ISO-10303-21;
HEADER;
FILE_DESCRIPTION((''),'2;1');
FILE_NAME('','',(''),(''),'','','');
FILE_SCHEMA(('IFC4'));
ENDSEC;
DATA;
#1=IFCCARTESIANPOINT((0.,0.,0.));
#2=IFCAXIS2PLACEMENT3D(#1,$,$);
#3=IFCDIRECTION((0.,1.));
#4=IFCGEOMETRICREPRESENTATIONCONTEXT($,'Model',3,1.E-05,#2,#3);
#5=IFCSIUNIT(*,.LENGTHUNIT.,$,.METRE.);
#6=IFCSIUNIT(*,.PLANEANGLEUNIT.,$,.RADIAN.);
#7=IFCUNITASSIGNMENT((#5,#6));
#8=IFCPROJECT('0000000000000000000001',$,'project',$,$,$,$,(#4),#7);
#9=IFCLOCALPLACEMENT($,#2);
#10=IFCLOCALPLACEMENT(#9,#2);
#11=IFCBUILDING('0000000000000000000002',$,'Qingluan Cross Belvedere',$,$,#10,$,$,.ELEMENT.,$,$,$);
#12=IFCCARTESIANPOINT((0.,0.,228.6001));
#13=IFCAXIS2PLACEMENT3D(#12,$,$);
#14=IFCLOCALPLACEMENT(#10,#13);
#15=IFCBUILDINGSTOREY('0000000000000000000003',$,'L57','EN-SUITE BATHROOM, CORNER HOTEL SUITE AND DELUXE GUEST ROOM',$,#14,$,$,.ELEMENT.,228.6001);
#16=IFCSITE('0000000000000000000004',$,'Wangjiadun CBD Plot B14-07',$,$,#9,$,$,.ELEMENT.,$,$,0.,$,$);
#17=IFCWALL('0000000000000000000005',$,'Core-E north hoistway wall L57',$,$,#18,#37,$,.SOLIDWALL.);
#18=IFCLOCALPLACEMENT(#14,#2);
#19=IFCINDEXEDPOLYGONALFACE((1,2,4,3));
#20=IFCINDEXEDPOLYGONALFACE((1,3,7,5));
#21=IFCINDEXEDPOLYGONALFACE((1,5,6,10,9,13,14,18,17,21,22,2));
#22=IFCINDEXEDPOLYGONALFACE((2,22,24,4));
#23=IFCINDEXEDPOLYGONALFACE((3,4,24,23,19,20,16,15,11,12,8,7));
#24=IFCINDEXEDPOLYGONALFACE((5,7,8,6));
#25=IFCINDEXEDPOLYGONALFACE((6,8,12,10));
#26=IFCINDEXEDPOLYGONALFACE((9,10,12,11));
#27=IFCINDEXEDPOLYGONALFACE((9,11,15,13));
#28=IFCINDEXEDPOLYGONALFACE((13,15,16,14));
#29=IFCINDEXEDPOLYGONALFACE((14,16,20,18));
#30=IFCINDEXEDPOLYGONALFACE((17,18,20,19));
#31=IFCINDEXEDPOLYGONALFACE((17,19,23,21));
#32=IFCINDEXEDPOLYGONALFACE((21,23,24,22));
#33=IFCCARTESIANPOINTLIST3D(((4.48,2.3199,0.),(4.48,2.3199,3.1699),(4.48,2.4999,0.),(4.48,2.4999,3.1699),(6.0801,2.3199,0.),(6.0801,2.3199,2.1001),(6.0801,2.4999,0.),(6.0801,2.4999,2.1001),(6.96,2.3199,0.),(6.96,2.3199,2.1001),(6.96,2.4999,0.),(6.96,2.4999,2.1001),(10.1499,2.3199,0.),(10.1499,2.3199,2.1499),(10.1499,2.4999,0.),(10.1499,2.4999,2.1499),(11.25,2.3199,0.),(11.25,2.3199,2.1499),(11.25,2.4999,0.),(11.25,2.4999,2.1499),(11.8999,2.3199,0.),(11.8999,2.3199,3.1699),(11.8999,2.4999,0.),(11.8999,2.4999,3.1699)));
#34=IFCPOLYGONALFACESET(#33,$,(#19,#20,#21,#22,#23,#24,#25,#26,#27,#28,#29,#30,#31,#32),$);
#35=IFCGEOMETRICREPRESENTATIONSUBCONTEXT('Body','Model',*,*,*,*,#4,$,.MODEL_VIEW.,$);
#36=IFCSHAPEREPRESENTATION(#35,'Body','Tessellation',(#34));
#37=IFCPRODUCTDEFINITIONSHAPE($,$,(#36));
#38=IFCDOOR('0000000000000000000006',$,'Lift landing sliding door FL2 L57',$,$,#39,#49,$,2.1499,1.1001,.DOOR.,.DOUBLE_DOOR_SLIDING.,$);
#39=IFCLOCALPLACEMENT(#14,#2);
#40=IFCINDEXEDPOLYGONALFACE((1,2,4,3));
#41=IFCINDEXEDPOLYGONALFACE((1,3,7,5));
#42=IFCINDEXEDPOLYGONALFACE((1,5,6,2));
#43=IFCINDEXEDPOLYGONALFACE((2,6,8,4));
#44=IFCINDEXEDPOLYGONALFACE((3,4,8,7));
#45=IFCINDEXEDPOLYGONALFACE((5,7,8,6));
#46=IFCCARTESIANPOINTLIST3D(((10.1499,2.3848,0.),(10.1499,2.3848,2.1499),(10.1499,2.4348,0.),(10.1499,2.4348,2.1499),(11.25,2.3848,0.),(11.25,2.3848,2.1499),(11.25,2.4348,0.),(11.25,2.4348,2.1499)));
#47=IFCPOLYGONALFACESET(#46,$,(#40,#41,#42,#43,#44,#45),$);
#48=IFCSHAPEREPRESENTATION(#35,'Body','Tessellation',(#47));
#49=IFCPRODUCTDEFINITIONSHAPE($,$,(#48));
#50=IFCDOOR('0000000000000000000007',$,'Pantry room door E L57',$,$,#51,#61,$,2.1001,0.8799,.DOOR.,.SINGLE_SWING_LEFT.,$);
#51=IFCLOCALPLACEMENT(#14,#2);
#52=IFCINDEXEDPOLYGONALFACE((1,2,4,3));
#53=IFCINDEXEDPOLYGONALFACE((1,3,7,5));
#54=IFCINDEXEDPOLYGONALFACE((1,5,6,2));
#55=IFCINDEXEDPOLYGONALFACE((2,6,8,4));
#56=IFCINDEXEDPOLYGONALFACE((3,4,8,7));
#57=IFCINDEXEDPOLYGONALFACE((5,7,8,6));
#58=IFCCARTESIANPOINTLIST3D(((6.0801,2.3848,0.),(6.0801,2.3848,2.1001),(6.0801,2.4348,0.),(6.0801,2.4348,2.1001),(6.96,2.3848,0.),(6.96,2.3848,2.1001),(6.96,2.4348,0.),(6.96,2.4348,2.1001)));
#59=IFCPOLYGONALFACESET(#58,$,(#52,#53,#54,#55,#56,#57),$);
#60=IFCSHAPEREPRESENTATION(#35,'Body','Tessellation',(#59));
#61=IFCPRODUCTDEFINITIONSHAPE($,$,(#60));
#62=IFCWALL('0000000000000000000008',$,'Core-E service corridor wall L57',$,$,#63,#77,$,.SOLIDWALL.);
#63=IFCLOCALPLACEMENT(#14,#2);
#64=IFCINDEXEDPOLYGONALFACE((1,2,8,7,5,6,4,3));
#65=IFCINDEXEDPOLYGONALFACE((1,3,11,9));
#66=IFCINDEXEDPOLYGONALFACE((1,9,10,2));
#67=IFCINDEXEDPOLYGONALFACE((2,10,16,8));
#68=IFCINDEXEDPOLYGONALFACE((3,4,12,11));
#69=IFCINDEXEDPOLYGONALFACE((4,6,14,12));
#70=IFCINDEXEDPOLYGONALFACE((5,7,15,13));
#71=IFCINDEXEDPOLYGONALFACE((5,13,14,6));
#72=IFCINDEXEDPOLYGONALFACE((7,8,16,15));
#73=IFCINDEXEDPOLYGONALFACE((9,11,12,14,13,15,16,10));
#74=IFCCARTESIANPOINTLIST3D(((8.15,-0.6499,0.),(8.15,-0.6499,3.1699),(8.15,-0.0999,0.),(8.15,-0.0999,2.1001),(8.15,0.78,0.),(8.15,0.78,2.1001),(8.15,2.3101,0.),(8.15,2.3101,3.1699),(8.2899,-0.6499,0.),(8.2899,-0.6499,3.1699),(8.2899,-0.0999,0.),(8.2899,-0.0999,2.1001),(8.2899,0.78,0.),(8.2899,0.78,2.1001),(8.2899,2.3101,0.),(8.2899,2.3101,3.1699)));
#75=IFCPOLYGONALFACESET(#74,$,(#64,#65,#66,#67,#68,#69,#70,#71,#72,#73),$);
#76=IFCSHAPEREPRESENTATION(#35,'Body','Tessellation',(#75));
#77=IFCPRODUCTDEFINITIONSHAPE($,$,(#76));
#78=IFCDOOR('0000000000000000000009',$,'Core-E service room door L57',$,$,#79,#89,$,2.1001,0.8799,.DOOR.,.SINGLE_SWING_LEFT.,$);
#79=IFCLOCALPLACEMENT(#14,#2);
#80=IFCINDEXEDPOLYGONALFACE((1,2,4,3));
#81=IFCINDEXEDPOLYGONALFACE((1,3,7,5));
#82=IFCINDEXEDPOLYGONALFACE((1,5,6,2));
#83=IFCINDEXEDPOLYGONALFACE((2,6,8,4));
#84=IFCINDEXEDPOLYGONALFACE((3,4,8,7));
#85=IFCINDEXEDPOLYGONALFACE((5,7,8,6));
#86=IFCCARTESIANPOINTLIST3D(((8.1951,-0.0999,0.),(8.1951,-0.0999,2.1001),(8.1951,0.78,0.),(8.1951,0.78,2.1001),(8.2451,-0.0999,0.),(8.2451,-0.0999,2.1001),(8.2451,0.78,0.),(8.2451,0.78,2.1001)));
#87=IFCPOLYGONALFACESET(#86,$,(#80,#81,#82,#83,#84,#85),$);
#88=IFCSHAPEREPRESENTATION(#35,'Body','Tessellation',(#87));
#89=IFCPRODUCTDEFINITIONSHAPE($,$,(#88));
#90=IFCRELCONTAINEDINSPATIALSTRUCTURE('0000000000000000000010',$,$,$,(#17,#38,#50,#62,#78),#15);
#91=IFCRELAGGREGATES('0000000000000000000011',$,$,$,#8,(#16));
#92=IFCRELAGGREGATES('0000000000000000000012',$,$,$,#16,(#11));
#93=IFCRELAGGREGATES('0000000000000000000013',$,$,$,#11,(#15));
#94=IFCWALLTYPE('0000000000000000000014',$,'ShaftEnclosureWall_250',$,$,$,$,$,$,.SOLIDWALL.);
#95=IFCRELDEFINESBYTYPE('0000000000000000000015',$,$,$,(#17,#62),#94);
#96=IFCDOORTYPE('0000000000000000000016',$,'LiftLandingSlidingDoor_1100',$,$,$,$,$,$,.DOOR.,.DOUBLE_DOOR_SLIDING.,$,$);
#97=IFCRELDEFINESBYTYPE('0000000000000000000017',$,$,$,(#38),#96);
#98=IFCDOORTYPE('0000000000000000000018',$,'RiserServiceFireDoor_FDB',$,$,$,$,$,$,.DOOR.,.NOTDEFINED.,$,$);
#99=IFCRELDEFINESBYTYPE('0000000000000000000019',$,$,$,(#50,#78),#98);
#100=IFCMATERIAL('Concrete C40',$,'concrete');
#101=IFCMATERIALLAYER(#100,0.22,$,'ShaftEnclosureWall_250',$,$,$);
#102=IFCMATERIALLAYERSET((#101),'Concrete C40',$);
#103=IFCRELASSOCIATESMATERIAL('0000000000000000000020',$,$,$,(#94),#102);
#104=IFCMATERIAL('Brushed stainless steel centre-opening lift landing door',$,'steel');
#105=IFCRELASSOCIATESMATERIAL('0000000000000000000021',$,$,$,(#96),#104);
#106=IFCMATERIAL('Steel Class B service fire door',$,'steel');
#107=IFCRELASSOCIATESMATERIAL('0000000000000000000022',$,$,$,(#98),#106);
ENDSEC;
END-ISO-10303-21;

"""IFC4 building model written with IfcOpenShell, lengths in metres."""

from ifc_helpers import new_model, si_unit, direction, frame, frame_2d, origin, place, context, subcontext, project, spatial, rectangle, extrude, material, layer, layer_set, type_object, element, fill, save


model = new_model("IFC4")

# Units and contexts
model_context = context("Model", 3, precision=1e-05, world=origin(), true_north=direction((0.0, 1.0)))
body_context = subcontext(model_context, "Body", "Model", "MODEL_VIEW")
ifc_project = project(units=[si_unit("LENGTHUNIT", "METRE"), si_unit("PLANEANGLEUNIT", "RADIAN")], contexts=[model_context])

# Site, building, storey
site_placement = place(None, origin())
site = spatial("IfcSite", under=ifc_project, at=site_placement, Name="Wangjiadun CBD Plot B14-07", CompositionType="ELEMENT", RefElevation=0.0)
building_placement = place(site_placement, origin())
building = spatial("IfcBuilding", under=site, at=building_placement, Name="Qingluan Cross Belvedere", CompositionType="ELEMENT")
storey_placement = place(building_placement, frame((0.0, 0.0, 228.6001)))
storey = spatial("IfcBuildingStorey", under=building, at=storey_placement, Name="L57", Description="EN-SUITE BATHROOM, CORNER HOTEL SUITE AND DELUXE GUEST ROOM", CompositionType="ELEMENT", Elevation=228.6001)

# Wall, openings, doors
ifc_material_1 = material(Name="Concrete C40", Category="concrete")
ifc_layer_1 = layer(ifc_material_1, 0.22, Name="ShaftEnclosureWall_250")
ifc_layer_set_1 = layer_set([ifc_layer_1], Name="Concrete C40")
wall_type_1 = type_object("IfcWallType", Name="ShaftEnclosureWall_250", PredefinedType="SOLIDWALL", material=ifc_layer_set_1)
wall_1_placement = place(storey_placement, frame((4.48, 2.4099, 0.0), z_axis=(0.0, 0.0, 1.0), x_axis=(1.0, 0.0, 0.0)))
wall_1 = element("IfcWall", 1, at=wall_1_placement, inside=storey, type_object=wall_type_1, Name="Core-E north hoistway wall L57", PredefinedType="SOLIDWALL", context=body_context, shape_type="SweptSolid", body=[
    extrude(rectangle(XDim=7.4199, YDim=0.1799, at=frame_2d((3.71, 0.0))), origin(), (0.0, 0.0, 1.0), 3.1699),
])
opening_1_placement = place(wall_1_placement, frame((5.6699, 0.0, 0.0)))
opening_1 = element("IfcOpeningElement", 2, at=opening_1_placement, cuts=wall_1, PredefinedType="OPENING", context=body_context, shape_type="SweptSolid", body=[
    extrude(rectangle(XDim=1.1001, YDim=2.1499, at=frame_2d((0.55, 1.075))), frame((0.0, 0.0999, 0.0), z_axis=(0.0, -1.0, 0.0), x_axis=(1.0, 0.0, 0.0)), (0.0, 0.0, 1.0), 0.2),
])
opening_2_placement = place(wall_1_placement, frame((1.6001, 0.0, 0.0)))
opening_2 = element("IfcOpeningElement", 3, at=opening_2_placement, cuts=wall_1, PredefinedType="OPENING", context=body_context, shape_type="SweptSolid", body=[
    extrude(rectangle(XDim=0.8799, YDim=2.1001, at=frame_2d((0.4399, 1.05))), frame((0.0, 0.0999, 0.0), z_axis=(0.0, -1.0, 0.0), x_axis=(1.0, 0.0, 0.0)), (0.0, 0.0, 1.0), 0.2),
])
ifc_material_2 = material(Name="Brushed stainless steel centre-opening lift landing door", Category="steel")
door_type_1 = type_object("IfcDoorType", Name="LiftLandingSlidingDoor_1100", OperationType="DOUBLE_DOOR_SLIDING", PredefinedType="DOOR", material=ifc_material_2)
door_1_placement = place(opening_1_placement, origin())
door_1 = element("IfcDoor", 4, at=door_1_placement, inside=storey, type_object=door_type_1, Name="Lift landing sliding door FL2 L57", OperationType="DOUBLE_DOOR_SLIDING", OverallHeight=2.1499, OverallWidth=1.1001, PredefinedType="DOOR", context=body_context, shape_type="SweptSolid", body=[
    extrude(rectangle(XDim=1.1001, YDim=2.1499, at=frame_2d((0.55, 1.075))), frame((0.0, 0.0249, 0.0), z_axis=(0.0, -1.0, 0.0), x_axis=(1.0, 0.0, 0.0)), (0.0, 0.0, 1.0), 0.05),
])
fill(opening_1, door_1)
ifc_material_3 = material(Name="Steel Class B service fire door", Category="steel")
door_type_2 = type_object("IfcDoorType", Name="RiserServiceFireDoor_FDB", OperationType="NOTDEFINED", PredefinedType="DOOR", material=ifc_material_3)
door_2_placement = place(opening_2_placement, origin())
door_2 = element("IfcDoor", 5, at=door_2_placement, inside=storey, type_object=door_type_2, Name="Pantry room door E L57", OperationType="SINGLE_SWING_LEFT", OverallHeight=2.1001, OverallWidth=0.8799, PredefinedType="DOOR", context=body_context, shape_type="SweptSolid", body=[
    extrude(rectangle(XDim=0.8799, YDim=2.1001, at=frame_2d((0.4399, 1.05))), frame((0.0, 0.0249, 0.0), z_axis=(0.0, -1.0, 0.0), x_axis=(1.0, 0.0, 0.0)), (0.0, 0.0, 1.0), 0.05),
])
fill(opening_2, door_2)

# Wall, opening, door
wall_2_placement = place(storey_placement, frame((8.22, -0.6499, 0.0), z_axis=(0.0, 0.0, 1.0), x_axis=(0.0, 1.0, 0.0)))
wall_2 = element("IfcWall", 6, at=wall_2_placement, inside=storey, type_object=wall_type_1, Name="Core-E service corridor wall L57", PredefinedType="SOLIDWALL", context=body_context, shape_type="SweptSolid", body=[
    extrude(rectangle(XDim=2.96, YDim=0.1399, at=frame_2d((1.48, 0.0))), origin(), (0.0, 0.0, 1.0), 3.1699),
])
opening_3_placement = place(wall_2_placement, frame((0.55, 0.0, 0.0)))
opening_3 = element("IfcOpeningElement", 7, at=opening_3_placement, cuts=wall_2, PredefinedType="OPENING", context=body_context, shape_type="SweptSolid", body=[
    extrude(rectangle(XDim=0.8799, YDim=2.1001, at=frame_2d((0.4399, 1.05))), frame((0.0, 0.0798, 0.0), z_axis=(0.0, -1.0, 0.0), x_axis=(1.0, 0.0, 0.0)), (0.0, 0.0, 1.0), 0.1599),
])
door_3_placement = place(opening_3_placement, origin())
door_3 = element("IfcDoor", 8, at=door_3_placement, inside=storey, type_object=door_type_2, Name="Core-E service room door L57", OperationType="SINGLE_SWING_LEFT", OverallHeight=2.1001, OverallWidth=0.8799, PredefinedType="DOOR", context=body_context, shape_type="SweptSolid", body=[
    extrude(rectangle(XDim=0.8799, YDim=2.1001, at=frame_2d((0.4399, 1.05))), frame((0.0, 0.0249, 0.0), z_axis=(0.0, -1.0, 0.0), x_axis=(1.0, 0.0, 0.0)), (0.0, 0.0, 1.0), 0.05),
])
fill(opening_3, door_3)

save(model, "model.ifc")
